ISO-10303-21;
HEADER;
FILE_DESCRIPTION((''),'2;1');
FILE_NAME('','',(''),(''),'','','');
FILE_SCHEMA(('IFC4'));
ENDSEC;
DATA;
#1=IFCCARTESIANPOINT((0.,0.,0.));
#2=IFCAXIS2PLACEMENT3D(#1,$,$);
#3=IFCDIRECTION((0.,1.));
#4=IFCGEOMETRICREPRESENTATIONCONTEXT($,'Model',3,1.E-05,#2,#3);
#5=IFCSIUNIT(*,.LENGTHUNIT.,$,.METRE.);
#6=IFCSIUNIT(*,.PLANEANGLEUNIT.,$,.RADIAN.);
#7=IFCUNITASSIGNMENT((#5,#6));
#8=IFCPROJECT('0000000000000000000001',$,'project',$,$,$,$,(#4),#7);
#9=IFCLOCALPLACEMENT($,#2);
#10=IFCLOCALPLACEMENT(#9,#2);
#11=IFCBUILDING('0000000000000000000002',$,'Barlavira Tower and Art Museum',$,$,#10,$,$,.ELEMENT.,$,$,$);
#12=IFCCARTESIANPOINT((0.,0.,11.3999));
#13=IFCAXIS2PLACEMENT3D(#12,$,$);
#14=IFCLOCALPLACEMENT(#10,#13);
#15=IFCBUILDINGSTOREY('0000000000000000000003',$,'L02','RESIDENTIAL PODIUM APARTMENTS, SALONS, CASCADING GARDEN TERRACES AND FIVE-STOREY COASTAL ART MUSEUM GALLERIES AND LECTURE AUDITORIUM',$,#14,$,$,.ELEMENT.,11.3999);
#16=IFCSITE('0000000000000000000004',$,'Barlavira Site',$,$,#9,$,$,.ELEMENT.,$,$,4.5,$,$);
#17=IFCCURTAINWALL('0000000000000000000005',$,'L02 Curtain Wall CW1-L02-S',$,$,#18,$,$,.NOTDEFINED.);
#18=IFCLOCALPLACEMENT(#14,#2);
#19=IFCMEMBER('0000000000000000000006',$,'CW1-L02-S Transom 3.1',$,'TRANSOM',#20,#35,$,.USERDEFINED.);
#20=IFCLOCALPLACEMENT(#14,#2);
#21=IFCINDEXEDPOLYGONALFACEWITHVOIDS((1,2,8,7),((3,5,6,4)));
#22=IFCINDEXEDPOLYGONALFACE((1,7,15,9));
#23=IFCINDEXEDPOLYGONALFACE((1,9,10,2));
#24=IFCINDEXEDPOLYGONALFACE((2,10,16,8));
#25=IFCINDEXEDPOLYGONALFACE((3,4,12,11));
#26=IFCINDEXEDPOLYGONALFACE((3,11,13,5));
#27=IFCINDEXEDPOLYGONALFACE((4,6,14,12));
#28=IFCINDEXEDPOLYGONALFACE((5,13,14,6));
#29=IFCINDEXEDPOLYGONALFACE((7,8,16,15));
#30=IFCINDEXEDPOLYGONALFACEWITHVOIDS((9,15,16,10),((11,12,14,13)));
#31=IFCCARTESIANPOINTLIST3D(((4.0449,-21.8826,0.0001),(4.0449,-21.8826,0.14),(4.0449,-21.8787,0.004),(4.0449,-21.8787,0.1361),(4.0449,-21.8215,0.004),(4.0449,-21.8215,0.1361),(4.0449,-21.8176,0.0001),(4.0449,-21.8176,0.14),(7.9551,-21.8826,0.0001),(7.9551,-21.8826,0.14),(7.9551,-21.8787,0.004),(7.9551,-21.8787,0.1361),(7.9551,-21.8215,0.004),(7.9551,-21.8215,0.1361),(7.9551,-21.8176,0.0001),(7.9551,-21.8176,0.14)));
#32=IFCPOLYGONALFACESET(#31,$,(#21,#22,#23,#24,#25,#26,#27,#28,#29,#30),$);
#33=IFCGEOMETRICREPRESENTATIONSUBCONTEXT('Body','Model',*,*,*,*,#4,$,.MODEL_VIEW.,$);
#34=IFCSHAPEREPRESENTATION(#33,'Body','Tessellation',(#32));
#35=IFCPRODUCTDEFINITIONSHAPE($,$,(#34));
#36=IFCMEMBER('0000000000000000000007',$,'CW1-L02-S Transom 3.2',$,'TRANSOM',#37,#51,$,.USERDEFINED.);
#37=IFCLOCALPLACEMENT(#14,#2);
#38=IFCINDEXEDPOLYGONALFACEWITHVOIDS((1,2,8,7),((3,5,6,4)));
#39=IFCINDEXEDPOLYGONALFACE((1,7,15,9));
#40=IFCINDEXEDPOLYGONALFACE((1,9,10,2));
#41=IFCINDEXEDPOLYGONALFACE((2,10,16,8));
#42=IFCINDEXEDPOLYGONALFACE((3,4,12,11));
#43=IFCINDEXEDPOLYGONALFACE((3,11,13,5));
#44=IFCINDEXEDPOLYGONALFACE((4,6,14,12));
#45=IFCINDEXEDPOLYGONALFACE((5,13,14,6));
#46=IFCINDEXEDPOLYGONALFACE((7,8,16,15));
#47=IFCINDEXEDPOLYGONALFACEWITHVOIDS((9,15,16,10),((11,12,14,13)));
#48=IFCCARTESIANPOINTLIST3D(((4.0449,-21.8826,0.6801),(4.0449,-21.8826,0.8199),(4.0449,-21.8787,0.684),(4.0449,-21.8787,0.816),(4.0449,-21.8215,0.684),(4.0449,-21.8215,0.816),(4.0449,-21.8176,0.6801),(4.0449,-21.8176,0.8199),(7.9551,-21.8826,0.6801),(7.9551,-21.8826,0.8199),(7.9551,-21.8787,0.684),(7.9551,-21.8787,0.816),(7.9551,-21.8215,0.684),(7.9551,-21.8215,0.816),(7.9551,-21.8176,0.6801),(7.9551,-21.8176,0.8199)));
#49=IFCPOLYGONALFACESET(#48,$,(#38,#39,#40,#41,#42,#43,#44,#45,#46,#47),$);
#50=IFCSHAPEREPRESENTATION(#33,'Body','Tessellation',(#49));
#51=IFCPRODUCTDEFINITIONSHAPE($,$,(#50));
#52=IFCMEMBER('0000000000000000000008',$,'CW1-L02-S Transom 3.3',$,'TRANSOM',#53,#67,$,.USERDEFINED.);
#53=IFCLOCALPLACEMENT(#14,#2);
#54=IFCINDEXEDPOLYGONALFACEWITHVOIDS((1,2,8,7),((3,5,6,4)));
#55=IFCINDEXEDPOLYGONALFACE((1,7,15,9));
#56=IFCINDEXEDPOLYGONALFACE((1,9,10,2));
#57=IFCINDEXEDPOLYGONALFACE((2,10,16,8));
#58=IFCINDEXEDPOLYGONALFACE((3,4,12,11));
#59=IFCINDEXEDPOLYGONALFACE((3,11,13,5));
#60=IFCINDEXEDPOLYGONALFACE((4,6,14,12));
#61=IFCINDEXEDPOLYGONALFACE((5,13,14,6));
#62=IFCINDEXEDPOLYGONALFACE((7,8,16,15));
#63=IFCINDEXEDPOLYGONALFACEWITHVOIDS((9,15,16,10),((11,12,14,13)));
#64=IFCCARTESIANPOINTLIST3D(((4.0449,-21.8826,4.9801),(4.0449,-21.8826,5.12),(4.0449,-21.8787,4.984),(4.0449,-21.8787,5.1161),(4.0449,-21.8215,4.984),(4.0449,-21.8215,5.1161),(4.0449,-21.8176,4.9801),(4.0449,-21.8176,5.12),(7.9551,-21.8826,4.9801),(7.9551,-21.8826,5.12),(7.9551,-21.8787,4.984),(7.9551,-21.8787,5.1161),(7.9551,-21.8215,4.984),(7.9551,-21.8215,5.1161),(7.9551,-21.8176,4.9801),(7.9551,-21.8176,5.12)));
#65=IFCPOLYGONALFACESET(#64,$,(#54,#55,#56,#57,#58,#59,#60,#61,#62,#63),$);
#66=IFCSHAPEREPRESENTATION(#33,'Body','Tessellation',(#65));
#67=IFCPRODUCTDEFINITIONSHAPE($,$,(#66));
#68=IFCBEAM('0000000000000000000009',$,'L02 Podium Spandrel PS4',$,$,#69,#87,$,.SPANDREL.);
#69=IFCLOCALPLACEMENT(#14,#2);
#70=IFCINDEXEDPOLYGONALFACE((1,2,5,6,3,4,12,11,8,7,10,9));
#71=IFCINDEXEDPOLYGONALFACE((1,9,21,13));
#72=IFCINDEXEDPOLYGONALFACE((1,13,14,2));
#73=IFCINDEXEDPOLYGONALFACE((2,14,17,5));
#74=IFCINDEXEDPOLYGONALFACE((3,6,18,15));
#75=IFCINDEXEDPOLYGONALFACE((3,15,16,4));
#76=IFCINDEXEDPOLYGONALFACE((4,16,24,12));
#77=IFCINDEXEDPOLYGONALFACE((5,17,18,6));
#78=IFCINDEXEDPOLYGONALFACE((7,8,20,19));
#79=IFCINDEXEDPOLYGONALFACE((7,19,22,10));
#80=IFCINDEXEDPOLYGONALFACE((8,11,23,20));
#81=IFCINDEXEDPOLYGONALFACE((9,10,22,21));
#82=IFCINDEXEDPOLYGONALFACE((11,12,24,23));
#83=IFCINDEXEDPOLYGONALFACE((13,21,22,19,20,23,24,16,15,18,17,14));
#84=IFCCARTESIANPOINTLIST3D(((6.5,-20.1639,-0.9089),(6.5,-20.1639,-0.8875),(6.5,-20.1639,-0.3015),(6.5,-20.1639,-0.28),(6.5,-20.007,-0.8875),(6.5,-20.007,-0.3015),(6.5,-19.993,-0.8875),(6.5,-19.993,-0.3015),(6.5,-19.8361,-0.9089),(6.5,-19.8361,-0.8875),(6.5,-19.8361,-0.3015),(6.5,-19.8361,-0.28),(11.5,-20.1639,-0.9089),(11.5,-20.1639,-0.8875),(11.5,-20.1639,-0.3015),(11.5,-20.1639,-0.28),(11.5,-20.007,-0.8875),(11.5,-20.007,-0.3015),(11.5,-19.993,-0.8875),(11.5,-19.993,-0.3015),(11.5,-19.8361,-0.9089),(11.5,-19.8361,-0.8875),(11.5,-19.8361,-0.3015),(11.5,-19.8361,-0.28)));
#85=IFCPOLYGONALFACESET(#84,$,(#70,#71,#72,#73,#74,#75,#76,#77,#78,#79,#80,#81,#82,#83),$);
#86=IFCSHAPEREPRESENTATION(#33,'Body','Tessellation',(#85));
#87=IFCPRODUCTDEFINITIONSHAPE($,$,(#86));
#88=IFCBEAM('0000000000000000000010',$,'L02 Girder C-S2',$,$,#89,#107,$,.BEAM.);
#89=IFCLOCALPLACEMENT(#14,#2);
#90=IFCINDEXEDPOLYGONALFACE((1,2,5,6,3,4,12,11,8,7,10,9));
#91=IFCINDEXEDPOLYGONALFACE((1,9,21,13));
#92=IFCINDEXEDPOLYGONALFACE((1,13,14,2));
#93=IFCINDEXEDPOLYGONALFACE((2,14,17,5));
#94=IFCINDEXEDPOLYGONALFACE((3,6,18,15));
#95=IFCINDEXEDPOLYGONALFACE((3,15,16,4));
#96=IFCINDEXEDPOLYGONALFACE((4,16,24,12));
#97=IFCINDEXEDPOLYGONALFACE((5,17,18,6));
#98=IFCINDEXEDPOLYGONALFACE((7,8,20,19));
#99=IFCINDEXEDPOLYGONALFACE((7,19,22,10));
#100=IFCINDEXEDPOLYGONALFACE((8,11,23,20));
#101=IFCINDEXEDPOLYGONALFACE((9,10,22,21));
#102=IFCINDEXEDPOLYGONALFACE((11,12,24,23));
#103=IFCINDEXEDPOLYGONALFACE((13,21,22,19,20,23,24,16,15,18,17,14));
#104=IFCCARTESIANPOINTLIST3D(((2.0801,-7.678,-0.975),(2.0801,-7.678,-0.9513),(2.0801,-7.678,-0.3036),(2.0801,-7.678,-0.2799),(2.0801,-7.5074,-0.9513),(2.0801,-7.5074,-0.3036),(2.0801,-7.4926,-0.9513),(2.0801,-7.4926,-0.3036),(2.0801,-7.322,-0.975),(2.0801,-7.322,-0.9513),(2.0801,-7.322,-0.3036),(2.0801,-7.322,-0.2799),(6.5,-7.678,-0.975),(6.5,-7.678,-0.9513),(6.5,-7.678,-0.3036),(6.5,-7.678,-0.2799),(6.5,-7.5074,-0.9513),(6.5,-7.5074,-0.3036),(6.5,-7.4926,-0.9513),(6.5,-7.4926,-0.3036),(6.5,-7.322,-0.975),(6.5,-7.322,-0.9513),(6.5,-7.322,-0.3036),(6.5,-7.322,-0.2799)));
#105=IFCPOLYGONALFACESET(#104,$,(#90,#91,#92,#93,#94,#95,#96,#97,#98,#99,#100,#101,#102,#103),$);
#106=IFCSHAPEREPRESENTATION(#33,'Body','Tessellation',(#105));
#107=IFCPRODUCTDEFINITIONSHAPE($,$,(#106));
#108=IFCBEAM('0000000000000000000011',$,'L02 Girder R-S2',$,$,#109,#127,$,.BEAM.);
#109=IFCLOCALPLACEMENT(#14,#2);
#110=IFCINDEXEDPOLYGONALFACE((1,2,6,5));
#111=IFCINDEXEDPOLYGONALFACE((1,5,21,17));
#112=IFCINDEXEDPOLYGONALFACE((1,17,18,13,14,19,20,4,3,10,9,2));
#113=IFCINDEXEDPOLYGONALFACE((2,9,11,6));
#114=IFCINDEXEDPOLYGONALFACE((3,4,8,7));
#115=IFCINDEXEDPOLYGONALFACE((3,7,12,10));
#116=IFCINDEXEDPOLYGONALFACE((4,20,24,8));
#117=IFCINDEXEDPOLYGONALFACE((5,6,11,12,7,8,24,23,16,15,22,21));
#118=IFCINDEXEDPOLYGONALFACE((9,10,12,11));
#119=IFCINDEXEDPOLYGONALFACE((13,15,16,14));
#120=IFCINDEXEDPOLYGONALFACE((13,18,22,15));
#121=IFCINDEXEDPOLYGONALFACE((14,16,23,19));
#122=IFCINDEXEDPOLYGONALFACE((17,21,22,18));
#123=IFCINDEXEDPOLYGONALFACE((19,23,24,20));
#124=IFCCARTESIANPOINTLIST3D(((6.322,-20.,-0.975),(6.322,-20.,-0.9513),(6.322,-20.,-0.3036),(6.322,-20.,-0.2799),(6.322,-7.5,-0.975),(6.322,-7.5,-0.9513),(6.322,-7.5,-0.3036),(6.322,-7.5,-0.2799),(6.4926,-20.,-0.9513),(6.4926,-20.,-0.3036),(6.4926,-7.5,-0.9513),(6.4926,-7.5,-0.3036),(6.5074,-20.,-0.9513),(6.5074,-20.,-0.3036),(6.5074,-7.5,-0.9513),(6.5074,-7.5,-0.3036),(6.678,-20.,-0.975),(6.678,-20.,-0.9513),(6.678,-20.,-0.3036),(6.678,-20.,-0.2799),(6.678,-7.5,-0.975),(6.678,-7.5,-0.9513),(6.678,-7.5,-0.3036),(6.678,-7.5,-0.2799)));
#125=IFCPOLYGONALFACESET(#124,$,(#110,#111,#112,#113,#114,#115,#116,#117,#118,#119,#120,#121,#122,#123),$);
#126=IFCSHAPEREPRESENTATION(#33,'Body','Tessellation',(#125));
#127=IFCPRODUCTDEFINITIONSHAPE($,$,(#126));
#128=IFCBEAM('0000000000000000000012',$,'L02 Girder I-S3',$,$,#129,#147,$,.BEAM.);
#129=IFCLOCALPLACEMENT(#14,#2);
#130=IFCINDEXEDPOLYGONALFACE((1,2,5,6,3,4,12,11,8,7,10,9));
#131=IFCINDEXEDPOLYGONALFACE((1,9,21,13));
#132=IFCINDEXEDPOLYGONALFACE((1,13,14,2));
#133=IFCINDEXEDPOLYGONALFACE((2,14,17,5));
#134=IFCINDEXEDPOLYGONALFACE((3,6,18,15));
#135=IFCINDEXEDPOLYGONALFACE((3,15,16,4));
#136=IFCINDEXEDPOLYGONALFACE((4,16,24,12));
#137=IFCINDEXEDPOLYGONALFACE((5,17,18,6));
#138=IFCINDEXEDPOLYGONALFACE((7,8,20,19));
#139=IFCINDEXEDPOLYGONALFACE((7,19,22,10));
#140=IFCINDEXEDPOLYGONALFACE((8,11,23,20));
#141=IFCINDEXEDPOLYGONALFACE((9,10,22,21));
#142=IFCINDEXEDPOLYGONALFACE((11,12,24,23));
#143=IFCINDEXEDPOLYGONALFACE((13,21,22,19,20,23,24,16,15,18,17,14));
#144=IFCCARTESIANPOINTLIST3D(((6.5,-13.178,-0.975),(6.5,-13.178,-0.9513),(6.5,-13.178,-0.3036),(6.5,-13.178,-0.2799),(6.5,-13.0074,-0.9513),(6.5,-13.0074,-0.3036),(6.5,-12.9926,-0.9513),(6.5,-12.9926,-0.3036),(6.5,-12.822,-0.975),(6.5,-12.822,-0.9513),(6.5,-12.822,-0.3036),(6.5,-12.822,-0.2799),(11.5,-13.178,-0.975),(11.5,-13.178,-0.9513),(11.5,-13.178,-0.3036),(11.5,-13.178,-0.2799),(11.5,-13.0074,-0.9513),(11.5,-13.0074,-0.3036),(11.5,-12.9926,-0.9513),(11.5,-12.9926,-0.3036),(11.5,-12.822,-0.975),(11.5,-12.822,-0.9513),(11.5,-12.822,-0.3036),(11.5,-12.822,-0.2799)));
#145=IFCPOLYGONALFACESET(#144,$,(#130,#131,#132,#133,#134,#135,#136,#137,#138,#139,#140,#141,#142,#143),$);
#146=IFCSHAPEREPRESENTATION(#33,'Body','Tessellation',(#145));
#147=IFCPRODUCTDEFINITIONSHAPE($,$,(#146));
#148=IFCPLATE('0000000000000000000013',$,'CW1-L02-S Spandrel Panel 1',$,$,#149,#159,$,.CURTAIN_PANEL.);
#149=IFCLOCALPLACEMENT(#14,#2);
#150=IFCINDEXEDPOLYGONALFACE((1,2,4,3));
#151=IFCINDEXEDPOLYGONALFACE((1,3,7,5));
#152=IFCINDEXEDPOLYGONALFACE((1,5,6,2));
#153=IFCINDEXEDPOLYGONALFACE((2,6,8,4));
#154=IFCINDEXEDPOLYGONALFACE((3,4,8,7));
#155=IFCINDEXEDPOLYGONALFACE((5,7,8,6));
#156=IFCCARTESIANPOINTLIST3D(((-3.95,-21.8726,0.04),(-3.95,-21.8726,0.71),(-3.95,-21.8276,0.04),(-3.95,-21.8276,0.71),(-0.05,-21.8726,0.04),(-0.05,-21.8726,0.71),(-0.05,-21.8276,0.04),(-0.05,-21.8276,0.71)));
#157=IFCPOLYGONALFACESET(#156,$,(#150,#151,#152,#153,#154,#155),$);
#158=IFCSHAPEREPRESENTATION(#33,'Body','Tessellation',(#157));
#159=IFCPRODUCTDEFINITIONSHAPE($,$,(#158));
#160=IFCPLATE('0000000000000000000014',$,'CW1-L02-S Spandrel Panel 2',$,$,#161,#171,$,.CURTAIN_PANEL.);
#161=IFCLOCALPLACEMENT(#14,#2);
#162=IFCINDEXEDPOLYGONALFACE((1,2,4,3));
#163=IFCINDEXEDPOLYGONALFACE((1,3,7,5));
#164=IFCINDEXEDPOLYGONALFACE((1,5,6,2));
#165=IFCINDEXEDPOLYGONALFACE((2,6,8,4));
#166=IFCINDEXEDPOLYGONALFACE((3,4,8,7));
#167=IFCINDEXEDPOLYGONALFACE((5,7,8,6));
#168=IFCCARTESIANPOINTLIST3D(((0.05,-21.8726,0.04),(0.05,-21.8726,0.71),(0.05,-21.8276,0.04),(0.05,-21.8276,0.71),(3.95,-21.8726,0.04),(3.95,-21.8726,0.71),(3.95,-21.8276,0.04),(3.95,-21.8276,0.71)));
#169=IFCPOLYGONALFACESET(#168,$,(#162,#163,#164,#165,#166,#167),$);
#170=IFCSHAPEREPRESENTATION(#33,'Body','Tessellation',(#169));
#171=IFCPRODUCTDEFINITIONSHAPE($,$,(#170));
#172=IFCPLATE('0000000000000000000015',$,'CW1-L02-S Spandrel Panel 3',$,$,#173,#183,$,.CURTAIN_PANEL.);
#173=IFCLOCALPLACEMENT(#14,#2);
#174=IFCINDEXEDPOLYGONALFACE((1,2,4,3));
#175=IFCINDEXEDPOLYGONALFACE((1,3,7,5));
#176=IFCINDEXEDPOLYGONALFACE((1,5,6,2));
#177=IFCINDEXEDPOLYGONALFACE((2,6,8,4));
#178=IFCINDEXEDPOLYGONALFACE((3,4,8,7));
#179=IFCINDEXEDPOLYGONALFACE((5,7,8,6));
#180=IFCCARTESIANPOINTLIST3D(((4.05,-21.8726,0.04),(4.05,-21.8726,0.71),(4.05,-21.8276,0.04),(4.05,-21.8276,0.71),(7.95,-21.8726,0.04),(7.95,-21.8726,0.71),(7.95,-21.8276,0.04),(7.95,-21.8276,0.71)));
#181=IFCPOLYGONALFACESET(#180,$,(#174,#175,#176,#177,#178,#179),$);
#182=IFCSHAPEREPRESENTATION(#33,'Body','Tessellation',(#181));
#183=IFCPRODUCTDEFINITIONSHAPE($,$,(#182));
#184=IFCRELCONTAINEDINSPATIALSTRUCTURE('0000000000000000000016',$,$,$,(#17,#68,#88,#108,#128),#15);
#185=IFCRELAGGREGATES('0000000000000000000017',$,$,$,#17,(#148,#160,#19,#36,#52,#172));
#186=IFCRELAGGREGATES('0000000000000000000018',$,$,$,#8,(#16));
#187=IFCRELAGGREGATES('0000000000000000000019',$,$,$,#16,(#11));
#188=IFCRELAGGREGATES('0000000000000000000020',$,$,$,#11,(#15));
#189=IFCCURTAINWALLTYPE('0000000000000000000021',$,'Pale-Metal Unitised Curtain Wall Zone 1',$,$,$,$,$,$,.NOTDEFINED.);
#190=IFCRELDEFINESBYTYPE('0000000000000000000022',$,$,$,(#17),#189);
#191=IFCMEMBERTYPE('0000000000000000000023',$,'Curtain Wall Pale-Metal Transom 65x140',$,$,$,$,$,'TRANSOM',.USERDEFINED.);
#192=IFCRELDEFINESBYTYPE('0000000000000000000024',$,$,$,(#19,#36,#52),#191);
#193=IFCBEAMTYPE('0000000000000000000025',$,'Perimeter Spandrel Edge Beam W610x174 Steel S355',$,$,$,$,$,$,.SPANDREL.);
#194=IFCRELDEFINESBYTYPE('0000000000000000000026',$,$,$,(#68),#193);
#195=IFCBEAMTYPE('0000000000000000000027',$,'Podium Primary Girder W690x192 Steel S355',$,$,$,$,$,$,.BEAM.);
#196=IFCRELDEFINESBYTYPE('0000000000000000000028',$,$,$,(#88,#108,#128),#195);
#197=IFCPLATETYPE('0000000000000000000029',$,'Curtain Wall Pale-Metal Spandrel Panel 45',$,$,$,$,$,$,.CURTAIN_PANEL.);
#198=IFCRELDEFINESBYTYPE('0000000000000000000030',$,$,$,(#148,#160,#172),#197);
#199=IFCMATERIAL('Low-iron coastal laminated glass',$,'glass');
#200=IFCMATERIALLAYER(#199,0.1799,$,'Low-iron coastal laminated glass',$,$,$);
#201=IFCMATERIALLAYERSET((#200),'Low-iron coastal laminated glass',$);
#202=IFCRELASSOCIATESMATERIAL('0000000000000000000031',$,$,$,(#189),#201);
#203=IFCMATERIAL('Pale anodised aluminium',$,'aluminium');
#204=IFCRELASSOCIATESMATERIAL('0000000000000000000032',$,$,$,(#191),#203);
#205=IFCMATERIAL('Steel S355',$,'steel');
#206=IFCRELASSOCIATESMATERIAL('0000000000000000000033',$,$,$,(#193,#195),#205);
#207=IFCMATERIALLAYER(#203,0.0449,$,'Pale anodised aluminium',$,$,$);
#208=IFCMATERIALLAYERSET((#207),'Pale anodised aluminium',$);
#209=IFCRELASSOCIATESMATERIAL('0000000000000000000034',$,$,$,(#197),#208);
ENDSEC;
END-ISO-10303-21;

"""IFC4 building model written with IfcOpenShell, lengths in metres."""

from ifc_helpers import new_model, si_unit, direction, frame, origin, origin_2d, place, context, subcontext, project, spatial, rectangle, hollow_rectangle, i_section, extrude, material, layer, layer_set, material_profile, profile_set, type_object, element, aggregate, save


model = new_model("IFC4")

# Units and contexts
model_context = context("Model", 3, precision=1e-05, world=origin(), true_north=direction((0.0, 1.0)))
body_context = subcontext(model_context, "Body", "Model", "MODEL_VIEW")
ifc_project = project(units=[si_unit("LENGTHUNIT", "METRE"), si_unit("PLANEANGLEUNIT", "RADIAN")], contexts=[model_context])

# Site, building, storey
site_placement = place(None, origin())
site = spatial("IfcSite", under=ifc_project, at=site_placement, Name="Barlavira Site", CompositionType="ELEMENT", RefElevation=4.5)
building_placement = place(site_placement, origin())
building = spatial("IfcBuilding", under=site, at=building_placement, Name="Barlavira Tower and Art Museum", CompositionType="ELEMENT")
storey_placement = place(building_placement, frame((0.0, 0.0, 11.3999)))
storey = spatial("IfcBuildingStorey", under=building, at=storey_placement, Name="L02", Description="RESIDENTIAL PODIUM APARTMENTS, SALONS, CASCADING GARDEN TERRACES AND FIVE-STOREY COASTAL ART MUSEUM GALLERIES AND LECTURE AUDITORIUM", CompositionType="ELEMENT", Elevation=11.3999)

# Shared definitions
ifc_material_1 = material(Name="Steel S355", Category="steel")

# Curtain wall, members
ifc_material_2 = material(Name="Low-iron coastal laminated glass", Category="glass")
ifc_layer_1 = layer(ifc_material_2, 0.1799, Name="Low-iron coastal laminated glass")
ifc_layer_set_1 = layer_set([ifc_layer_1], Name="Low-iron coastal laminated glass")
curtain_wall_type = type_object("IfcCurtainWallType", Name="Pale-Metal Unitised Curtain Wall Zone 1", PredefinedType="NOTDEFINED", material=ifc_layer_set_1)
curtain_wall_placement = place(storey_placement, origin())
curtain_wall = element("IfcCurtainWall", 1, at=curtain_wall_placement, inside=storey, type_object=curtain_wall_type, Name="L02 Curtain Wall CW1-L02-S", PredefinedType="NOTDEFINED")
ifc_material_3 = material(Name="Pale anodised aluminium", Category="aluminium")
ifc_material_profile_1 = material_profile(ifc_material_3, hollow_rectangle(XDim=0.0649, YDim=0.1399, WallThickness=0.0039, at=origin_2d()), Name="ALU-TRAN 65x140x4")
ifc_profile_set_1 = profile_set([ifc_material_profile_1], Name="Pale anodised aluminium")
member_type_1 = type_object("IfcMemberType", Name="Curtain Wall Pale-Metal Transom 65x140", ElementType="TRANSOM", PredefinedType="USERDEFINED", material=ifc_profile_set_1)
member_1_placement = place(storey_placement, frame((4.0449, -21.8501, 0.0701), z_axis=(1.0, 0.0, 0.0), x_axis=(0.0, 1.0, 0.0)))
member_1 = element("IfcMember", 2, at=member_1_placement, type_object=member_type_1, Name="CW1-L02-S Transom 3.1", ObjectType="TRANSOM", PredefinedType="USERDEFINED", context=body_context, shape_type="SweptSolid", body=[
    extrude(hollow_rectangle(XDim=0.0649, YDim=0.1399, WallThickness=0.0039, at=origin_2d()), origin(), (0.0, 0.0, 1.0), 3.9102),
])
member_2_placement = place(storey_placement, frame((4.0449, -21.8501, 0.75), z_axis=(1.0, 0.0, 0.0), x_axis=(0.0, 1.0, 0.0)))
member_2 = element("IfcMember", 3, at=member_2_placement, type_object=member_type_1, Name="CW1-L02-S Transom 3.2", ObjectType="TRANSOM", PredefinedType="USERDEFINED", context=body_context, shape_type="SweptSolid", body=[
    extrude(hollow_rectangle(XDim=0.0649, YDim=0.1399, WallThickness=0.0039, at=origin_2d()), origin(), (0.0, 0.0, 1.0), 3.9102),
])
member_3_placement = place(storey_placement, frame((4.0449, -21.8501, 5.05), z_axis=(1.0, 0.0, 0.0), x_axis=(0.0, 1.0, 0.0)))
member_3 = element("IfcMember", 4, at=member_3_placement, type_object=member_type_1, Name="CW1-L02-S Transom 3.3", ObjectType="TRANSOM", PredefinedType="USERDEFINED", context=body_context, shape_type="SweptSolid", body=[
    extrude(hollow_rectangle(XDim=0.0649, YDim=0.1399, WallThickness=0.0039, at=origin_2d()), origin(), (0.0, 0.0, 1.0), 3.9102),
])

# Beams
ifc_material_profile_2 = material_profile(ifc_material_1, i_section(OverallWidth=0.3279, OverallDepth=0.6289, WebThickness=0.0139, FlangeThickness=0.0215, at=origin_2d()), Name="W610x174.0")
ifc_profile_set_2 = profile_set([ifc_material_profile_2], Name="Steel S355")
beam_type_1 = type_object("IfcBeamType", Name="Perimeter Spandrel Edge Beam W610x174 Steel S355", PredefinedType="SPANDREL", material=ifc_profile_set_2)
beam_1_placement = place(storey_placement, frame((6.5, -20.0, -0.5945), z_axis=(1.0, 0.0, 0.0), x_axis=(0.0, 1.0, 0.0)))
element("IfcBeam", 5, at=beam_1_placement, inside=storey, type_object=beam_type_1, Name="L02 Podium Spandrel PS4", PredefinedType="SPANDREL", context=body_context, shape_type="SweptSolid", body=[
    extrude(i_section(OverallWidth=0.3279, OverallDepth=0.6289, WebThickness=0.0139, FlangeThickness=0.0215, at=origin_2d()), origin(), (0.0, 0.0, 1.0), 5.0),
])
ifc_material_profile_3 = material_profile(ifc_material_1, i_section(OverallWidth=0.356, OverallDepth=0.6951, WebThickness=0.0149, FlangeThickness=0.0237, at=origin_2d()), Name="W690x192.0")
ifc_profile_set_3 = profile_set([ifc_material_profile_3], Name="Steel S355")
beam_type_2 = type_object("IfcBeamType", Name="Podium Primary Girder W690x192 Steel S355", PredefinedType="BEAM", material=ifc_profile_set_3)
beam_2_placement = place(storey_placement, frame((2.0801, -7.5, -0.6274), z_axis=(1.0, 0.0, 0.0), x_axis=(0.0, 1.0, 0.0)))
element("IfcBeam", 6, at=beam_2_placement, inside=storey, type_object=beam_type_2, Name="L02 Girder C-S2", PredefinedType="BEAM", context=body_context, shape_type="SweptSolid", body=[
    extrude(i_section(OverallWidth=0.356, OverallDepth=0.6951, WebThickness=0.0149, FlangeThickness=0.0237, at=origin_2d()), origin(), (0.0, 0.0, 1.0), 4.4199),
])
beam_3_placement = place(storey_placement, frame((6.5, -20.0, -0.6274), z_axis=(0.0, 1.0, 0.0), x_axis=(-1.0, 0.0, 0.0)))
element("IfcBeam", 7, at=beam_3_placement, inside=storey, type_object=beam_type_2, Name="L02 Girder R-S2", PredefinedType="BEAM", context=body_context, shape_type="SweptSolid", body=[
    extrude(i_section(OverallWidth=0.356, OverallDepth=0.6951, WebThickness=0.0149, FlangeThickness=0.0237, at=origin_2d()), origin(), (0.0, 0.0, 1.0), 12.5),
])
beam_4_placement = place(storey_placement, frame((6.5, -13.0, -0.6274), z_axis=(1.0, 0.0, 0.0), x_axis=(0.0, 1.0, 0.0)))
element("IfcBeam", 8, at=beam_4_placement, inside=storey, type_object=beam_type_2, Name="L02 Girder I-S3", PredefinedType="BEAM", context=body_context, shape_type="SweptSolid", body=[
    extrude(i_section(OverallWidth=0.356, OverallDepth=0.6951, WebThickness=0.0149, FlangeThickness=0.0237, at=origin_2d()), origin(), (0.0, 0.0, 1.0), 5.0),
])

# Plates
ifc_layer_2 = layer(ifc_material_3, 0.0449, Name="Pale anodised aluminium")
ifc_layer_set_2 = layer_set([ifc_layer_2], Name="Pale anodised aluminium")
plate_type_1 = type_object("IfcPlateType", Name="Curtain Wall Pale-Metal Spandrel Panel 45", PredefinedType="CURTAIN_PANEL", material=ifc_layer_set_2)
plate_1_placement = place(storey_placement, frame((-2.0, -21.8501, 0.04), z_axis=(0.0, 0.0, 1.0), x_axis=(1.0, 0.0, 0.0)))
plate_1 = element("IfcPlate", 9, at=plate_1_placement, type_object=plate_type_1, Name="CW1-L02-S Spandrel Panel 1", PredefinedType="CURTAIN_PANEL", context=body_context, shape_type="SweptSolid", body=[
    extrude(rectangle(XDim=3.8999, YDim=0.0449, at=origin_2d()), origin(), (0.0, 0.0, 1.0), 0.6699),
])
plate_2_placement = place(storey_placement, frame((2.0, -21.8501, 0.04), z_axis=(0.0, 0.0, 1.0), x_axis=(1.0, 0.0, 0.0)))
plate_2 = element("IfcPlate", 10, at=plate_2_placement, type_object=plate_type_1, Name="CW1-L02-S Spandrel Panel 2", PredefinedType="CURTAIN_PANEL", context=body_context, shape_type="SweptSolid", body=[
    extrude(rectangle(XDim=3.8999, YDim=0.0449, at=origin_2d()), origin(), (0.0, 0.0, 1.0), 0.6699),
])
plate_3_placement = place(storey_placement, frame((6.0, -21.8501, 0.04), z_axis=(0.0, 0.0, 1.0), x_axis=(1.0, 0.0, 0.0)))
plate_3 = element("IfcPlate", 11, at=plate_3_placement, type_object=plate_type_1, Name="CW1-L02-S Spandrel Panel 3", PredefinedType="CURTAIN_PANEL", context=body_context, shape_type="SweptSolid", body=[
    extrude(rectangle(XDim=3.8999, YDim=0.0449, at=origin_2d()), origin(), (0.0, 0.0, 1.0), 0.6699),
])
aggregate(curtain_wall, [plate_1, plate_2, member_1, member_2, member_3, plate_3])

save(model, "model.ifc")
